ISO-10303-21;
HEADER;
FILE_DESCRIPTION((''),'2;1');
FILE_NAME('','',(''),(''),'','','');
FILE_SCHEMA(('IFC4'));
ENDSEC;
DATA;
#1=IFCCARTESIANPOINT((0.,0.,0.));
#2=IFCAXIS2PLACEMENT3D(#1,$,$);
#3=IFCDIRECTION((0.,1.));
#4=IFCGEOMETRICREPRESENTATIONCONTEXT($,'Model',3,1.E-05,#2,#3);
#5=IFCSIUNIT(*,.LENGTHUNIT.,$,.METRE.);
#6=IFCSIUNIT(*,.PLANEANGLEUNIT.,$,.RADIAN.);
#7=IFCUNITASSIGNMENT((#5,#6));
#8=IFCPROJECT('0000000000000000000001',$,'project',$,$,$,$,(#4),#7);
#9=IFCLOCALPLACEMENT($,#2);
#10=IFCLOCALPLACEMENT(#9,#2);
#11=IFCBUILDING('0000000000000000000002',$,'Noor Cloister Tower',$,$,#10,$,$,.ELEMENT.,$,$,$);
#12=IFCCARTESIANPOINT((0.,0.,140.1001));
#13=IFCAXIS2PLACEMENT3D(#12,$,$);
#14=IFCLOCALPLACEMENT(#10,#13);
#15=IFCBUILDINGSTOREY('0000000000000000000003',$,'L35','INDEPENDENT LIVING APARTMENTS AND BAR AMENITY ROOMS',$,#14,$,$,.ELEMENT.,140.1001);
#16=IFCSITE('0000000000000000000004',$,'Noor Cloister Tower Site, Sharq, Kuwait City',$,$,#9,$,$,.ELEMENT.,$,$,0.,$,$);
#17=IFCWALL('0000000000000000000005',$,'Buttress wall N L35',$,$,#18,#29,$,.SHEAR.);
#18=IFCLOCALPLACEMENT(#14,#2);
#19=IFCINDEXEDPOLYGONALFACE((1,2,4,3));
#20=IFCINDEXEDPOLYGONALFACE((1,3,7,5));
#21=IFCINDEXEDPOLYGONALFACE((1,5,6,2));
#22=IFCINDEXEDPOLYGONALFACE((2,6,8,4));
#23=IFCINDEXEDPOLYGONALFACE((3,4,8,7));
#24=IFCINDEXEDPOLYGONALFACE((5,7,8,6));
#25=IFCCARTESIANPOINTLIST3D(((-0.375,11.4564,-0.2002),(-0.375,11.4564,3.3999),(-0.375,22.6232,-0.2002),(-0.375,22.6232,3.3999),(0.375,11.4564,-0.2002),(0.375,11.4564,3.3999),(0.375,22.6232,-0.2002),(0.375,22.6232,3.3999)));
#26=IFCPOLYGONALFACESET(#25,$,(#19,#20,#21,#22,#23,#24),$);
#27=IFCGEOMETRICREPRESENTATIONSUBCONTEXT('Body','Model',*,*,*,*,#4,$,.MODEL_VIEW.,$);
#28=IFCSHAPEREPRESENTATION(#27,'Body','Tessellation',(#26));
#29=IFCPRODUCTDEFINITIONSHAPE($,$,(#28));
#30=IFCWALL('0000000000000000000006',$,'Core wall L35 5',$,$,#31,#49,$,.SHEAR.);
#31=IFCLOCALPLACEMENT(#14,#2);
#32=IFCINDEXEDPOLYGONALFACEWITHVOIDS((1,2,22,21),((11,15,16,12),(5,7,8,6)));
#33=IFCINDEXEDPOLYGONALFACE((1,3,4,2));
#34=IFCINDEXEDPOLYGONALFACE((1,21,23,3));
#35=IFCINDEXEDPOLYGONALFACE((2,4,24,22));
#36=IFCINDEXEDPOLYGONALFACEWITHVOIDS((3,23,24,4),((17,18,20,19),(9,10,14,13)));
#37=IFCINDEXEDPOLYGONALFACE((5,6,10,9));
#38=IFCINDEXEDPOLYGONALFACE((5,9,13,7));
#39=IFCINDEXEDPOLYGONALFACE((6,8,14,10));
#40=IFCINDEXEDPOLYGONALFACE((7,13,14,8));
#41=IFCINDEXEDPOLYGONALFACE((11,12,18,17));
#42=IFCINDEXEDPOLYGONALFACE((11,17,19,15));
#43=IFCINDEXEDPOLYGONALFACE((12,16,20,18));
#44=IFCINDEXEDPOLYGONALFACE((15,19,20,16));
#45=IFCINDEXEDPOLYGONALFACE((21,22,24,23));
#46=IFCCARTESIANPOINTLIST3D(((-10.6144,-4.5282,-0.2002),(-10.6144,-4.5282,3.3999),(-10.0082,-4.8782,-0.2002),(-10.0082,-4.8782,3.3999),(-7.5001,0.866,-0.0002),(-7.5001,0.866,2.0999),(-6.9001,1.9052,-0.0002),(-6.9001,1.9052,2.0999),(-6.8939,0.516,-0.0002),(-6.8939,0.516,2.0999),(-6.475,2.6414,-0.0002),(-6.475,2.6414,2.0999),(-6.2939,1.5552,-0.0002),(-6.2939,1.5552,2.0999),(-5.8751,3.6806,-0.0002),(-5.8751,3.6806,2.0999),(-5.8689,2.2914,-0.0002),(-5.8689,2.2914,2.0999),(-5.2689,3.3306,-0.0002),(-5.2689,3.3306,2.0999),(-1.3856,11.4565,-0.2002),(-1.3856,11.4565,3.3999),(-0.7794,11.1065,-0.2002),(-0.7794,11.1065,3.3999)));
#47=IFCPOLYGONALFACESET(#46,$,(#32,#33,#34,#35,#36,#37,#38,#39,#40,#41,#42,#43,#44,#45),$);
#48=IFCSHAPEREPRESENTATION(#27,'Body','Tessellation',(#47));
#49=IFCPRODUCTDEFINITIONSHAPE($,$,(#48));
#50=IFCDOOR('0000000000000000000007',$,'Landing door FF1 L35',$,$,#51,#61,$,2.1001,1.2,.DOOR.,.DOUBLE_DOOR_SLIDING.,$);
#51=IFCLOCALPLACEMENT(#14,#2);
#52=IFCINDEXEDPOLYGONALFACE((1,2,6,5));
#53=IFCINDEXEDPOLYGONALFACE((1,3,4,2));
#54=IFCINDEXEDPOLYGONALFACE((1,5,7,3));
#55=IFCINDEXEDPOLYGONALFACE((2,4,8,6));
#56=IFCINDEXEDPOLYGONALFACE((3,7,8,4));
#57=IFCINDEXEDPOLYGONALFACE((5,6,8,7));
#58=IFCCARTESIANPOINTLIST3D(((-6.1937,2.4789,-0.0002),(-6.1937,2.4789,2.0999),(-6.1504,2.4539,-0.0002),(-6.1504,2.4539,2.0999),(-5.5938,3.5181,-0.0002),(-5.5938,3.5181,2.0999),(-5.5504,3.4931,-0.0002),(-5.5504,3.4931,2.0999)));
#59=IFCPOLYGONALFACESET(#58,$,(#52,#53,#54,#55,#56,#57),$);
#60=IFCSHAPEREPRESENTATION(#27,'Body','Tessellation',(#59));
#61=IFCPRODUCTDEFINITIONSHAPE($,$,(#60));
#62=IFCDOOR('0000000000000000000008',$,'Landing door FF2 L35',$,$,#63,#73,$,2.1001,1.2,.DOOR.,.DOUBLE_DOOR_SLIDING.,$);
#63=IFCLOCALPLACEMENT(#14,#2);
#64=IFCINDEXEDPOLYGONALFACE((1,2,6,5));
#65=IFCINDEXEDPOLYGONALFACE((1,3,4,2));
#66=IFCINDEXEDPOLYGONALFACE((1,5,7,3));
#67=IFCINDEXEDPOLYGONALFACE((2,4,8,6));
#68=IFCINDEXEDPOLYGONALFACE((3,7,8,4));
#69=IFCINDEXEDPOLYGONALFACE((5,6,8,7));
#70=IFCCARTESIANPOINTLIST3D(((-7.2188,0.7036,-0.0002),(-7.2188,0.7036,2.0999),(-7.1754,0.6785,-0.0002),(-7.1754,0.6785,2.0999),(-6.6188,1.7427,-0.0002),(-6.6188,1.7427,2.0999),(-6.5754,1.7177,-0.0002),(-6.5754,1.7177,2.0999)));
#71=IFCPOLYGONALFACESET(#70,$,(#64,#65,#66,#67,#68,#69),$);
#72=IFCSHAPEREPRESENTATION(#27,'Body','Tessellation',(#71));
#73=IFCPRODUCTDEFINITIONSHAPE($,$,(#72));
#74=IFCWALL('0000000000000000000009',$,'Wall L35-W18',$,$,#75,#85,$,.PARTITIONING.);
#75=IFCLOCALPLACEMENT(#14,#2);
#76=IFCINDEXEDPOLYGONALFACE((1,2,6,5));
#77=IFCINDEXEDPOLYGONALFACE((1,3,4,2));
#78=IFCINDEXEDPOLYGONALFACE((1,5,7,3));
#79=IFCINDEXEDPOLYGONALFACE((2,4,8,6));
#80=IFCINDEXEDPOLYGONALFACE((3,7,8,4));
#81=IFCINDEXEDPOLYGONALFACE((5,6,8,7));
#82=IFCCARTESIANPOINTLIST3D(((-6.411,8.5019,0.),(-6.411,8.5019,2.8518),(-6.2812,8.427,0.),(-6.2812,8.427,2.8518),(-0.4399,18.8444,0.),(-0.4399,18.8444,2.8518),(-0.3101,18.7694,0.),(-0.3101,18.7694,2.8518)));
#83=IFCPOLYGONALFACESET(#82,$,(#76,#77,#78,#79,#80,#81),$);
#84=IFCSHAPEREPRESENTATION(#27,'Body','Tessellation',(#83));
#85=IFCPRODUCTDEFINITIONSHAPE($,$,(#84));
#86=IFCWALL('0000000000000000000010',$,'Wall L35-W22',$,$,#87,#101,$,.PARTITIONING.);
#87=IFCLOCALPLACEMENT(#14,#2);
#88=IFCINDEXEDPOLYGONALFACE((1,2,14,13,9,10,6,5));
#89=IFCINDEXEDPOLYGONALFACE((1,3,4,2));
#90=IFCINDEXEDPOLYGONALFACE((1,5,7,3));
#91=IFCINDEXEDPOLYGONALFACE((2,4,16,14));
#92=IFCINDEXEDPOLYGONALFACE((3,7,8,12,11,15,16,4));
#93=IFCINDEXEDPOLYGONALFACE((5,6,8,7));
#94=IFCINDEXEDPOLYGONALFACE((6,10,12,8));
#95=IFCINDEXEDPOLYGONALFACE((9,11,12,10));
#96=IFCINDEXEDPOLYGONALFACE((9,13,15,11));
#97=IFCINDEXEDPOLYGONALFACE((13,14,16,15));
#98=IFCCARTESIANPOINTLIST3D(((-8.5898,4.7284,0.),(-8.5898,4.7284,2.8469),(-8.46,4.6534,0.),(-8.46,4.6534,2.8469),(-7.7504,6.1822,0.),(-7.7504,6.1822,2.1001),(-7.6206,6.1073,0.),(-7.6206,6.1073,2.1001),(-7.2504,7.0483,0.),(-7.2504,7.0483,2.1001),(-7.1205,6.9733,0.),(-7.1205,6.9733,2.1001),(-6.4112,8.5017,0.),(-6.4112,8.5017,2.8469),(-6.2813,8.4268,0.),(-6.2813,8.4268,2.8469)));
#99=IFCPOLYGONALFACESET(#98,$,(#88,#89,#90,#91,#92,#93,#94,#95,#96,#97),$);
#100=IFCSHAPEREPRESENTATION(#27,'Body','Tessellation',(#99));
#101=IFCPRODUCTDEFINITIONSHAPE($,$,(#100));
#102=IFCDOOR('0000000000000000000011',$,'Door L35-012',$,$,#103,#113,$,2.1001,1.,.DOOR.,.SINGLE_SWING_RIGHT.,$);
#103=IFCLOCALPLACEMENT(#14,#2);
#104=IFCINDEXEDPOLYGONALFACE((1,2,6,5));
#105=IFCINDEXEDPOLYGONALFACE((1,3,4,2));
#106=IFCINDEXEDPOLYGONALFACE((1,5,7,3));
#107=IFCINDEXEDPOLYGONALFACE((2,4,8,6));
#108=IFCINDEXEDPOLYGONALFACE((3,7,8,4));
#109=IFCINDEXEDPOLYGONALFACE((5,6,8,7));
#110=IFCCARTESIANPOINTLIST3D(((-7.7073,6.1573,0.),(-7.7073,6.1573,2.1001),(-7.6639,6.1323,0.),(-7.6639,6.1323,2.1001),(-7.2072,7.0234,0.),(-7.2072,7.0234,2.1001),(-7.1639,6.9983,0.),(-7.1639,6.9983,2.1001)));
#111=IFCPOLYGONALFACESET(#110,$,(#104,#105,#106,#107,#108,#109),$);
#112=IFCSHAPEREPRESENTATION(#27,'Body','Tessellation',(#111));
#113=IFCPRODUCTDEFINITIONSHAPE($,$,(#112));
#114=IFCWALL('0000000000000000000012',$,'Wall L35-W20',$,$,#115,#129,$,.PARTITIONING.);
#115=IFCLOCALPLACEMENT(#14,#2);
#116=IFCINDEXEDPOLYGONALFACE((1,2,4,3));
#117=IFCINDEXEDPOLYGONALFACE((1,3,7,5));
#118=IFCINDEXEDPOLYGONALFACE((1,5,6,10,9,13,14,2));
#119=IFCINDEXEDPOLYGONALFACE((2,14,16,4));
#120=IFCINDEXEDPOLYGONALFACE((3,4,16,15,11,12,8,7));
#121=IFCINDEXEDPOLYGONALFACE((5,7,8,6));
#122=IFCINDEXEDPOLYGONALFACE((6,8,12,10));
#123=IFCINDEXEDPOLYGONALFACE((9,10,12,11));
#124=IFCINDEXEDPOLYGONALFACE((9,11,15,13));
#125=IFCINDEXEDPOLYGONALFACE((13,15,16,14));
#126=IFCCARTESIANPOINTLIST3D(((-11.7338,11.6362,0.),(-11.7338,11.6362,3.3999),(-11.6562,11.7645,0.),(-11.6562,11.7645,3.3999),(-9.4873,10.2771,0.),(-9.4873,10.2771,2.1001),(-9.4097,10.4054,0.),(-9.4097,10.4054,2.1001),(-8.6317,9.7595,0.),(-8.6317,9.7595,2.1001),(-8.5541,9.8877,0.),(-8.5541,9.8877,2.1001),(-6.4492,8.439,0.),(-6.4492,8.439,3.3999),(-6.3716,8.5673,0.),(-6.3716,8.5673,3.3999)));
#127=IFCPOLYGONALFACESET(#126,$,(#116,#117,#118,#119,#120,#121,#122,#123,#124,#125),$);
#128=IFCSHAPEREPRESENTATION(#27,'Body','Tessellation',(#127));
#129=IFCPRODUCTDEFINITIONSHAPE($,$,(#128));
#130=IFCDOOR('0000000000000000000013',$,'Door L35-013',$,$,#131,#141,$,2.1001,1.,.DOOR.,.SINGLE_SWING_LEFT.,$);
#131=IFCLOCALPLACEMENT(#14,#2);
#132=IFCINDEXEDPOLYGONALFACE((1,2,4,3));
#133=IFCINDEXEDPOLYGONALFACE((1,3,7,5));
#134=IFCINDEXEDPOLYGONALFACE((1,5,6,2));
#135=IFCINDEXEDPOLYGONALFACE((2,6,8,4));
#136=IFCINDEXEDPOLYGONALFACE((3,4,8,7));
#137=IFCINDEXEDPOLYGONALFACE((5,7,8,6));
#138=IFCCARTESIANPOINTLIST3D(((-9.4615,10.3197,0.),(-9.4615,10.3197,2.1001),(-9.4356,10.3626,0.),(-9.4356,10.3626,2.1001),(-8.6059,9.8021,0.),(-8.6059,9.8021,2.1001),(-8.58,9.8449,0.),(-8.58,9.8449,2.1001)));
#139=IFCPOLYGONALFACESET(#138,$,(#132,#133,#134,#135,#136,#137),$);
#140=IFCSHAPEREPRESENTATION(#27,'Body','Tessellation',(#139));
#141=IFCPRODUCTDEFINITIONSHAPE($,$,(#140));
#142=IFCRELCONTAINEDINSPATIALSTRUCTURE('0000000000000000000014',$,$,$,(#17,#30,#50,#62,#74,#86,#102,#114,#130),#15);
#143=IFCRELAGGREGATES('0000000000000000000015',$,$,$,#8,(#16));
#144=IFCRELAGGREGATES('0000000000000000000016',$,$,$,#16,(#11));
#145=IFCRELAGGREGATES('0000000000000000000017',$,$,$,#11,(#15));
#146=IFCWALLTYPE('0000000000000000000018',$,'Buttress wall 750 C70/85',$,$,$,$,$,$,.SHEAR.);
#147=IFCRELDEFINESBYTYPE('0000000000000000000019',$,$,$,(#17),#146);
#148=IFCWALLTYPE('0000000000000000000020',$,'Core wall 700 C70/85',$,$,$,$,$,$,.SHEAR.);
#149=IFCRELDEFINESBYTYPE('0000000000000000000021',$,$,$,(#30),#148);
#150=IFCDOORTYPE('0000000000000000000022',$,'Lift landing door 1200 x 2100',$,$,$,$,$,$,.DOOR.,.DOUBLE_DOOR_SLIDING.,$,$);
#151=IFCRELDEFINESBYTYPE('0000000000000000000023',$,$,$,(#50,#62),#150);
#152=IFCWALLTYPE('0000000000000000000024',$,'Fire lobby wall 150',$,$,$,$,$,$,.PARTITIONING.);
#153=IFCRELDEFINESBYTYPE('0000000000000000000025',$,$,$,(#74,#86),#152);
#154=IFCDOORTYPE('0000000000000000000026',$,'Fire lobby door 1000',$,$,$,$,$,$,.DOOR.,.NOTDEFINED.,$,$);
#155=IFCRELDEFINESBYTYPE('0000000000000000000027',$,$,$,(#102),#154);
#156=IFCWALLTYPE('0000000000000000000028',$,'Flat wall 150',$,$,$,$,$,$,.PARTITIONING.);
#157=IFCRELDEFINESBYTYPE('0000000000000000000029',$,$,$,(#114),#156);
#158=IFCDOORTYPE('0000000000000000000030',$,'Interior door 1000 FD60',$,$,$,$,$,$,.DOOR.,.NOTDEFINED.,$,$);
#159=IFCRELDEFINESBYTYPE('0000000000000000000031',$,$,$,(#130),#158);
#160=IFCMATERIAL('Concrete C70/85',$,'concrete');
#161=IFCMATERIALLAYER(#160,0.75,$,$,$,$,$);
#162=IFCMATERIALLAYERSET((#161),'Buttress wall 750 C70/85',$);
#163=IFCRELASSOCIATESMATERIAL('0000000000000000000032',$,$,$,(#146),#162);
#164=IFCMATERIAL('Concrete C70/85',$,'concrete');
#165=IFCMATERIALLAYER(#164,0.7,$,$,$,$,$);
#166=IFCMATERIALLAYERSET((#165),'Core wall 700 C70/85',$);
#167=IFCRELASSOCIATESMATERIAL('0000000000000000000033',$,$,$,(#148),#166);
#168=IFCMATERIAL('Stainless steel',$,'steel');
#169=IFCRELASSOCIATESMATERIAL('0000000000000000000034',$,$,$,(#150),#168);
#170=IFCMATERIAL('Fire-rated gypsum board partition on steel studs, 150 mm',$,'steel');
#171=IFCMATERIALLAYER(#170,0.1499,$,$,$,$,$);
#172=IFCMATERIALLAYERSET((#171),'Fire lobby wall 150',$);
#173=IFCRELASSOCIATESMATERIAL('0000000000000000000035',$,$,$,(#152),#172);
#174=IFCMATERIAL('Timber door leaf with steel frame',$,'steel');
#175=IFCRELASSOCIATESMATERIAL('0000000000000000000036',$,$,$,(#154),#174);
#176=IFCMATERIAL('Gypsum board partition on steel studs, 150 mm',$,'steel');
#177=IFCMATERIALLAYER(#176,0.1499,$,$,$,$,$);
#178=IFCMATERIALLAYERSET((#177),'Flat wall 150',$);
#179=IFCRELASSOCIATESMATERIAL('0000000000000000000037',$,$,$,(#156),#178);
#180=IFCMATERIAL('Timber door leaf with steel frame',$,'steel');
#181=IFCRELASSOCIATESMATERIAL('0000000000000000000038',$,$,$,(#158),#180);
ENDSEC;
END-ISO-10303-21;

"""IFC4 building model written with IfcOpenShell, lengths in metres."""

from ifc_helpers import new_model, si_unit, direction, frame, frame_2d, origin, place, context, subcontext, project, spatial, rectangle, extrude, material, layer, layer_set, type_object, element, fill, save


model = new_model("IFC4")

# Units and contexts
model_context = context("Model", 3, precision=1e-05, world=origin(), true_north=direction((0.0, 1.0)))
body_context = subcontext(model_context, "Body", "Model", "MODEL_VIEW")
ifc_project = project(units=[si_unit("LENGTHUNIT", "METRE"), si_unit("PLANEANGLEUNIT", "RADIAN")], contexts=[model_context])

# Site, building, storey
site_placement = place(None, origin())
site = spatial("IfcSite", under=ifc_project, at=site_placement, Name="Noor Cloister Tower Site, Sharq, Kuwait City", CompositionType="ELEMENT", RefElevation=0.0)
building_placement = place(site_placement, origin())
building = spatial("IfcBuilding", under=site, at=building_placement, Name="Noor Cloister Tower", CompositionType="ELEMENT")
storey_placement = place(building_placement, frame((0.0, 0.0, 140.1001)))
storey = spatial("IfcBuildingStorey", under=building, at=storey_placement, Name="L35", Description="INDEPENDENT LIVING APARTMENTS AND BAR AMENITY ROOMS", CompositionType="ELEMENT", Elevation=140.1001)

# Wall
ifc_material_1 = material(Name="Concrete C70/85", Category="concrete")
ifc_layer_1 = layer(ifc_material_1, 0.75)
ifc_layer_set_1 = layer_set([ifc_layer_1], Name="Buttress wall 750 C70/85")
wall_type_1 = type_object("IfcWallType", Name="Buttress wall 750 C70/85", PredefinedType="SHEAR", material=ifc_layer_set_1)
wall_1_placement = place(storey_placement, frame((0.0, 11.4563, -0.2002), z_axis=(0.0, 0.0, 1.0), x_axis=(0.0, 1.0, 0.0)))
element("IfcWall", 1, at=wall_1_placement, inside=storey, type_object=wall_type_1, Name="Buttress wall N L35", PredefinedType="SHEAR", context=body_context, shape_type="SweptSolid", body=[
    extrude(rectangle(XDim=11.1667, YDim=0.75, at=frame_2d((5.5835, 0.0))), origin(), (0.0, 0.0, 1.0), 3.6001),
])

# Wall, openings, doors
ifc_material_2 = material(Name="Concrete C70/85", Category="concrete")
ifc_layer_2 = layer(ifc_material_2, 0.7)
ifc_layer_set_2 = layer_set([ifc_layer_2], Name="Core wall 700 C70/85")
wall_type_2 = type_object("IfcWallType", Name="Core wall 700 C70/85", PredefinedType="SHEAR", material=ifc_layer_set_2)
wall_2_placement = place(storey_placement, frame((-1.0825, 11.2815, -0.2002), z_axis=(0.0, 0.0, 1.0), x_axis=(-0.500001, -0.866025, 0.0)))
wall_2 = element("IfcWall", 2, at=wall_2_placement, inside=storey, type_object=wall_type_2, Name="Core wall L35 5", PredefinedType="SHEAR", context=body_context, shape_type="SweptSolid", body=[
    extrude(rectangle(XDim=18.4575, YDim=0.7, at=frame_2d((9.2288, 0.0))), origin(), (0.0, 0.0, 1.0), 3.6001),
])
opening_1_placement = place(wall_2_placement, frame((8.9788, 0.0, 0.2)))
opening_1 = element("IfcOpeningElement", 3, at=opening_1_placement, cuts=wall_2, PredefinedType="OPENING", context=body_context, shape_type="SweptSolid", body=[
    extrude(rectangle(XDim=1.2, YDim=2.1001, at=frame_2d((0.6001, 1.05))), frame((0.0, 0.3599, 0.0), z_axis=(0.0, -1.0, 0.0), x_axis=(1.0, 0.0, 0.0)), (0.0, 0.0, 1.0), 0.72),
])
opening_2_placement = place(wall_2_placement, frame((11.0288, 0.0, 0.2)))
opening_2 = element("IfcOpeningElement", 4, at=opening_2_placement, cuts=wall_2, PredefinedType="OPENING", context=body_context, shape_type="SweptSolid", body=[
    extrude(rectangle(XDim=1.2, YDim=2.1001, at=frame_2d((0.6001, 1.05))), frame((0.0, 0.3599, 0.0), z_axis=(0.0, -1.0, 0.0), x_axis=(1.0, 0.0, 0.0)), (0.0, 0.0, 1.0), 0.72),
])
ifc_material_3 = material(Name="Stainless steel", Category="steel")
door_type_1 = type_object("IfcDoorType", Name="Lift landing door 1200 x 2100", OperationType="DOUBLE_DOOR_SLIDING", PredefinedType="DOOR", material=ifc_material_3)
door_1_placement = place(opening_1_placement, origin())
door_1 = element("IfcDoor", 5, at=door_1_placement, inside=storey, type_object=door_type_1, Name="Landing door FF1 L35", OperationType="DOUBLE_DOOR_SLIDING", OverallHeight=2.1001, OverallWidth=1.2, PredefinedType="DOOR", context=body_context, shape_type="SweptSolid", body=[
    extrude(rectangle(XDim=1.2, YDim=2.1001, at=frame_2d((0.6001, 1.05))), frame((0.0, 0.0249, 0.0), z_axis=(0.0, -1.0, 0.0), x_axis=(1.0, 0.0, 0.0)), (0.0, 0.0, 1.0), 0.05),
])
fill(opening_1, door_1)
door_2_placement = place(opening_2_placement, origin())
door_2 = element("IfcDoor", 6, at=door_2_placement, inside=storey, type_object=door_type_1, Name="Landing door FF2 L35", OperationType="DOUBLE_DOOR_SLIDING", OverallHeight=2.1001, OverallWidth=1.2, PredefinedType="DOOR", context=body_context, shape_type="SweptSolid", body=[
    extrude(rectangle(XDim=1.2, YDim=2.1001, at=frame_2d((0.6001, 1.05))), frame((0.0, 0.0249, 0.0), z_axis=(0.0, -1.0, 0.0), x_axis=(1.0, 0.0, 0.0)), (0.0, 0.0, 1.0), 0.05),
])
fill(opening_2, door_2)

# Wall
ifc_material_4 = material(Name="Fire-rated gypsum board partition on steel studs, 150 mm", Category="steel")
ifc_layer_3 = layer(ifc_material_4, 0.1499)
ifc_layer_set_3 = layer_set([ifc_layer_3], Name="Fire lobby wall 150")
wall_type_3 = type_object("IfcWallType", Name="Fire lobby wall 150", PredefinedType="PARTITIONING", material=ifc_layer_set_3)
wall_3_placement = place(storey_placement, frame((-0.375, 18.8069, 0.0), z_axis=(0.0, 0.0, 1.0), x_axis=(-0.499996, -0.866028, 0.0)))
element("IfcWall", 7, at=wall_3_placement, inside=storey, type_object=wall_type_3, Name="Wall L35-W18", PredefinedType="PARTITIONING", context=body_context, shape_type="SweptSolid", body=[
    extrude(rectangle(XDim=11.9424, YDim=0.1499, at=frame_2d((5.9712, 0.0))), origin(), (0.0, 0.0, 1.0), 2.8518),
])

# Walls, openings, doors
wall_4_placement = place(storey_placement, frame((-6.3462, 8.4644, 0.0), z_axis=(0.0, 0.0, 1.0), x_axis=(-0.50002, -0.866014, 0.0)))
wall_4 = element("IfcWall", 8, at=wall_4_placement, inside=storey, type_object=wall_type_3, Name="Wall L35-W22", PredefinedType="PARTITIONING", context=body_context, shape_type="SweptSolid", body=[
    extrude(rectangle(XDim=4.3572, YDim=0.1499, at=frame_2d((2.1787, 0.0))), origin(), (0.0, 0.0, 1.0), 2.8469),
])
opening_3_placement = place(wall_4_placement, frame((1.6785, 0.0, 0.0)))
opening_3 = element("IfcOpeningElement", 9, at=opening_3_placement, cuts=wall_4, PredefinedType="OPENING", context=body_context, shape_type="SweptSolid", body=[
    extrude(rectangle(XDim=1.0, YDim=2.1001, at=frame_2d((0.5, 1.05))), frame((0.0, 0.085, 0.0), z_axis=(0.0, -1.0, 0.0), x_axis=(1.0, 0.0, 0.0)), (0.0, 0.0, 1.0), 0.1699),
])
ifc_material_5 = material(Name="Timber door leaf with steel frame", Category="steel")
door_type_2 = type_object("IfcDoorType", Name="Fire lobby door 1000", OperationType="NOTDEFINED", PredefinedType="DOOR", material=ifc_material_5)
door_3_placement = place(opening_3_placement, origin())
door_3 = element("IfcDoor", 10, at=door_3_placement, inside=storey, type_object=door_type_2, Name="Door L35-012", OperationType="SINGLE_SWING_RIGHT", OverallHeight=2.1001, OverallWidth=1.0, PredefinedType="DOOR", context=body_context, shape_type="SweptSolid", body=[
    extrude(rectangle(XDim=1.0, YDim=2.1001, at=frame_2d((0.5, 1.05))), frame((0.0, 0.0249, 0.0), z_axis=(0.0, -1.0, 0.0), x_axis=(1.0, 0.0, 0.0)), (0.0, 0.0, 1.0), 0.05),
])
fill(opening_3, door_3)
ifc_material_6 = material(Name="Gypsum board partition on steel studs, 150 mm", Category="steel")
ifc_layer_4 = layer(ifc_material_6, 0.1499)
ifc_layer_set_4 = layer_set([ifc_layer_4], Name="Flat wall 150")
wall_type_4 = type_object("IfcWallType", Name="Flat wall 150", PredefinedType="PARTITIONING", material=ifc_layer_set_4)
wall_5_placement = place(storey_placement, frame((-11.6951, 11.7004, 0.0), z_axis=(0.0, 0.0, 1.0), x_axis=(0.855597, -0.517643, 0.0)))
wall_5 = element("IfcWall", 11, at=wall_5_placement, inside=storey, type_object=wall_type_4, Name="Wall L35-W20", PredefinedType="PARTITIONING", context=body_context, shape_type="SweptSolid", body=[
    extrude(rectangle(XDim=6.1765, YDim=0.1499, at=frame_2d((3.0884, 0.0))), origin(), (0.0, 0.0, 1.0), 3.3999),
])
opening_4_placement = place(wall_5_placement, frame((2.6257, 0.0, 0.0)))
opening_4 = element("IfcOpeningElement", 12, at=opening_4_placement, cuts=wall_5, PredefinedType="OPENING", context=body_context, shape_type="SweptSolid", body=[
    extrude(rectangle(XDim=1.0, YDim=2.1001, at=frame_2d((0.5, 1.05))), frame((0.0, 0.085, 0.0), z_axis=(0.0, -1.0, 0.0), x_axis=(1.0, 0.0, 0.0)), (0.0, 0.0, 1.0), 0.1699),
])
ifc_material_7 = material(Name="Timber door leaf with steel frame", Category="steel")
door_type_3 = type_object("IfcDoorType", Name="Interior door 1000 FD60", OperationType="NOTDEFINED", PredefinedType="DOOR", material=ifc_material_7)
door_4_placement = place(opening_4_placement, origin())
door_4 = element("IfcDoor", 13, at=door_4_placement, inside=storey, type_object=door_type_3, Name="Door L35-013", OperationType="SINGLE_SWING_LEFT", OverallHeight=2.1001, OverallWidth=1.0, PredefinedType="DOOR", context=body_context, shape_type="SweptSolid", body=[
    extrude(rectangle(XDim=1.0, YDim=2.1001, at=frame_2d((0.5, 1.05))), frame((0.0, 0.0249, 0.0), z_axis=(0.0, -1.0, 0.0), x_axis=(1.0, 0.0, 0.0)), (0.0, 0.0, 1.0), 0.05),
])
fill(opening_4, door_4)

save(model, "model.ifc")
